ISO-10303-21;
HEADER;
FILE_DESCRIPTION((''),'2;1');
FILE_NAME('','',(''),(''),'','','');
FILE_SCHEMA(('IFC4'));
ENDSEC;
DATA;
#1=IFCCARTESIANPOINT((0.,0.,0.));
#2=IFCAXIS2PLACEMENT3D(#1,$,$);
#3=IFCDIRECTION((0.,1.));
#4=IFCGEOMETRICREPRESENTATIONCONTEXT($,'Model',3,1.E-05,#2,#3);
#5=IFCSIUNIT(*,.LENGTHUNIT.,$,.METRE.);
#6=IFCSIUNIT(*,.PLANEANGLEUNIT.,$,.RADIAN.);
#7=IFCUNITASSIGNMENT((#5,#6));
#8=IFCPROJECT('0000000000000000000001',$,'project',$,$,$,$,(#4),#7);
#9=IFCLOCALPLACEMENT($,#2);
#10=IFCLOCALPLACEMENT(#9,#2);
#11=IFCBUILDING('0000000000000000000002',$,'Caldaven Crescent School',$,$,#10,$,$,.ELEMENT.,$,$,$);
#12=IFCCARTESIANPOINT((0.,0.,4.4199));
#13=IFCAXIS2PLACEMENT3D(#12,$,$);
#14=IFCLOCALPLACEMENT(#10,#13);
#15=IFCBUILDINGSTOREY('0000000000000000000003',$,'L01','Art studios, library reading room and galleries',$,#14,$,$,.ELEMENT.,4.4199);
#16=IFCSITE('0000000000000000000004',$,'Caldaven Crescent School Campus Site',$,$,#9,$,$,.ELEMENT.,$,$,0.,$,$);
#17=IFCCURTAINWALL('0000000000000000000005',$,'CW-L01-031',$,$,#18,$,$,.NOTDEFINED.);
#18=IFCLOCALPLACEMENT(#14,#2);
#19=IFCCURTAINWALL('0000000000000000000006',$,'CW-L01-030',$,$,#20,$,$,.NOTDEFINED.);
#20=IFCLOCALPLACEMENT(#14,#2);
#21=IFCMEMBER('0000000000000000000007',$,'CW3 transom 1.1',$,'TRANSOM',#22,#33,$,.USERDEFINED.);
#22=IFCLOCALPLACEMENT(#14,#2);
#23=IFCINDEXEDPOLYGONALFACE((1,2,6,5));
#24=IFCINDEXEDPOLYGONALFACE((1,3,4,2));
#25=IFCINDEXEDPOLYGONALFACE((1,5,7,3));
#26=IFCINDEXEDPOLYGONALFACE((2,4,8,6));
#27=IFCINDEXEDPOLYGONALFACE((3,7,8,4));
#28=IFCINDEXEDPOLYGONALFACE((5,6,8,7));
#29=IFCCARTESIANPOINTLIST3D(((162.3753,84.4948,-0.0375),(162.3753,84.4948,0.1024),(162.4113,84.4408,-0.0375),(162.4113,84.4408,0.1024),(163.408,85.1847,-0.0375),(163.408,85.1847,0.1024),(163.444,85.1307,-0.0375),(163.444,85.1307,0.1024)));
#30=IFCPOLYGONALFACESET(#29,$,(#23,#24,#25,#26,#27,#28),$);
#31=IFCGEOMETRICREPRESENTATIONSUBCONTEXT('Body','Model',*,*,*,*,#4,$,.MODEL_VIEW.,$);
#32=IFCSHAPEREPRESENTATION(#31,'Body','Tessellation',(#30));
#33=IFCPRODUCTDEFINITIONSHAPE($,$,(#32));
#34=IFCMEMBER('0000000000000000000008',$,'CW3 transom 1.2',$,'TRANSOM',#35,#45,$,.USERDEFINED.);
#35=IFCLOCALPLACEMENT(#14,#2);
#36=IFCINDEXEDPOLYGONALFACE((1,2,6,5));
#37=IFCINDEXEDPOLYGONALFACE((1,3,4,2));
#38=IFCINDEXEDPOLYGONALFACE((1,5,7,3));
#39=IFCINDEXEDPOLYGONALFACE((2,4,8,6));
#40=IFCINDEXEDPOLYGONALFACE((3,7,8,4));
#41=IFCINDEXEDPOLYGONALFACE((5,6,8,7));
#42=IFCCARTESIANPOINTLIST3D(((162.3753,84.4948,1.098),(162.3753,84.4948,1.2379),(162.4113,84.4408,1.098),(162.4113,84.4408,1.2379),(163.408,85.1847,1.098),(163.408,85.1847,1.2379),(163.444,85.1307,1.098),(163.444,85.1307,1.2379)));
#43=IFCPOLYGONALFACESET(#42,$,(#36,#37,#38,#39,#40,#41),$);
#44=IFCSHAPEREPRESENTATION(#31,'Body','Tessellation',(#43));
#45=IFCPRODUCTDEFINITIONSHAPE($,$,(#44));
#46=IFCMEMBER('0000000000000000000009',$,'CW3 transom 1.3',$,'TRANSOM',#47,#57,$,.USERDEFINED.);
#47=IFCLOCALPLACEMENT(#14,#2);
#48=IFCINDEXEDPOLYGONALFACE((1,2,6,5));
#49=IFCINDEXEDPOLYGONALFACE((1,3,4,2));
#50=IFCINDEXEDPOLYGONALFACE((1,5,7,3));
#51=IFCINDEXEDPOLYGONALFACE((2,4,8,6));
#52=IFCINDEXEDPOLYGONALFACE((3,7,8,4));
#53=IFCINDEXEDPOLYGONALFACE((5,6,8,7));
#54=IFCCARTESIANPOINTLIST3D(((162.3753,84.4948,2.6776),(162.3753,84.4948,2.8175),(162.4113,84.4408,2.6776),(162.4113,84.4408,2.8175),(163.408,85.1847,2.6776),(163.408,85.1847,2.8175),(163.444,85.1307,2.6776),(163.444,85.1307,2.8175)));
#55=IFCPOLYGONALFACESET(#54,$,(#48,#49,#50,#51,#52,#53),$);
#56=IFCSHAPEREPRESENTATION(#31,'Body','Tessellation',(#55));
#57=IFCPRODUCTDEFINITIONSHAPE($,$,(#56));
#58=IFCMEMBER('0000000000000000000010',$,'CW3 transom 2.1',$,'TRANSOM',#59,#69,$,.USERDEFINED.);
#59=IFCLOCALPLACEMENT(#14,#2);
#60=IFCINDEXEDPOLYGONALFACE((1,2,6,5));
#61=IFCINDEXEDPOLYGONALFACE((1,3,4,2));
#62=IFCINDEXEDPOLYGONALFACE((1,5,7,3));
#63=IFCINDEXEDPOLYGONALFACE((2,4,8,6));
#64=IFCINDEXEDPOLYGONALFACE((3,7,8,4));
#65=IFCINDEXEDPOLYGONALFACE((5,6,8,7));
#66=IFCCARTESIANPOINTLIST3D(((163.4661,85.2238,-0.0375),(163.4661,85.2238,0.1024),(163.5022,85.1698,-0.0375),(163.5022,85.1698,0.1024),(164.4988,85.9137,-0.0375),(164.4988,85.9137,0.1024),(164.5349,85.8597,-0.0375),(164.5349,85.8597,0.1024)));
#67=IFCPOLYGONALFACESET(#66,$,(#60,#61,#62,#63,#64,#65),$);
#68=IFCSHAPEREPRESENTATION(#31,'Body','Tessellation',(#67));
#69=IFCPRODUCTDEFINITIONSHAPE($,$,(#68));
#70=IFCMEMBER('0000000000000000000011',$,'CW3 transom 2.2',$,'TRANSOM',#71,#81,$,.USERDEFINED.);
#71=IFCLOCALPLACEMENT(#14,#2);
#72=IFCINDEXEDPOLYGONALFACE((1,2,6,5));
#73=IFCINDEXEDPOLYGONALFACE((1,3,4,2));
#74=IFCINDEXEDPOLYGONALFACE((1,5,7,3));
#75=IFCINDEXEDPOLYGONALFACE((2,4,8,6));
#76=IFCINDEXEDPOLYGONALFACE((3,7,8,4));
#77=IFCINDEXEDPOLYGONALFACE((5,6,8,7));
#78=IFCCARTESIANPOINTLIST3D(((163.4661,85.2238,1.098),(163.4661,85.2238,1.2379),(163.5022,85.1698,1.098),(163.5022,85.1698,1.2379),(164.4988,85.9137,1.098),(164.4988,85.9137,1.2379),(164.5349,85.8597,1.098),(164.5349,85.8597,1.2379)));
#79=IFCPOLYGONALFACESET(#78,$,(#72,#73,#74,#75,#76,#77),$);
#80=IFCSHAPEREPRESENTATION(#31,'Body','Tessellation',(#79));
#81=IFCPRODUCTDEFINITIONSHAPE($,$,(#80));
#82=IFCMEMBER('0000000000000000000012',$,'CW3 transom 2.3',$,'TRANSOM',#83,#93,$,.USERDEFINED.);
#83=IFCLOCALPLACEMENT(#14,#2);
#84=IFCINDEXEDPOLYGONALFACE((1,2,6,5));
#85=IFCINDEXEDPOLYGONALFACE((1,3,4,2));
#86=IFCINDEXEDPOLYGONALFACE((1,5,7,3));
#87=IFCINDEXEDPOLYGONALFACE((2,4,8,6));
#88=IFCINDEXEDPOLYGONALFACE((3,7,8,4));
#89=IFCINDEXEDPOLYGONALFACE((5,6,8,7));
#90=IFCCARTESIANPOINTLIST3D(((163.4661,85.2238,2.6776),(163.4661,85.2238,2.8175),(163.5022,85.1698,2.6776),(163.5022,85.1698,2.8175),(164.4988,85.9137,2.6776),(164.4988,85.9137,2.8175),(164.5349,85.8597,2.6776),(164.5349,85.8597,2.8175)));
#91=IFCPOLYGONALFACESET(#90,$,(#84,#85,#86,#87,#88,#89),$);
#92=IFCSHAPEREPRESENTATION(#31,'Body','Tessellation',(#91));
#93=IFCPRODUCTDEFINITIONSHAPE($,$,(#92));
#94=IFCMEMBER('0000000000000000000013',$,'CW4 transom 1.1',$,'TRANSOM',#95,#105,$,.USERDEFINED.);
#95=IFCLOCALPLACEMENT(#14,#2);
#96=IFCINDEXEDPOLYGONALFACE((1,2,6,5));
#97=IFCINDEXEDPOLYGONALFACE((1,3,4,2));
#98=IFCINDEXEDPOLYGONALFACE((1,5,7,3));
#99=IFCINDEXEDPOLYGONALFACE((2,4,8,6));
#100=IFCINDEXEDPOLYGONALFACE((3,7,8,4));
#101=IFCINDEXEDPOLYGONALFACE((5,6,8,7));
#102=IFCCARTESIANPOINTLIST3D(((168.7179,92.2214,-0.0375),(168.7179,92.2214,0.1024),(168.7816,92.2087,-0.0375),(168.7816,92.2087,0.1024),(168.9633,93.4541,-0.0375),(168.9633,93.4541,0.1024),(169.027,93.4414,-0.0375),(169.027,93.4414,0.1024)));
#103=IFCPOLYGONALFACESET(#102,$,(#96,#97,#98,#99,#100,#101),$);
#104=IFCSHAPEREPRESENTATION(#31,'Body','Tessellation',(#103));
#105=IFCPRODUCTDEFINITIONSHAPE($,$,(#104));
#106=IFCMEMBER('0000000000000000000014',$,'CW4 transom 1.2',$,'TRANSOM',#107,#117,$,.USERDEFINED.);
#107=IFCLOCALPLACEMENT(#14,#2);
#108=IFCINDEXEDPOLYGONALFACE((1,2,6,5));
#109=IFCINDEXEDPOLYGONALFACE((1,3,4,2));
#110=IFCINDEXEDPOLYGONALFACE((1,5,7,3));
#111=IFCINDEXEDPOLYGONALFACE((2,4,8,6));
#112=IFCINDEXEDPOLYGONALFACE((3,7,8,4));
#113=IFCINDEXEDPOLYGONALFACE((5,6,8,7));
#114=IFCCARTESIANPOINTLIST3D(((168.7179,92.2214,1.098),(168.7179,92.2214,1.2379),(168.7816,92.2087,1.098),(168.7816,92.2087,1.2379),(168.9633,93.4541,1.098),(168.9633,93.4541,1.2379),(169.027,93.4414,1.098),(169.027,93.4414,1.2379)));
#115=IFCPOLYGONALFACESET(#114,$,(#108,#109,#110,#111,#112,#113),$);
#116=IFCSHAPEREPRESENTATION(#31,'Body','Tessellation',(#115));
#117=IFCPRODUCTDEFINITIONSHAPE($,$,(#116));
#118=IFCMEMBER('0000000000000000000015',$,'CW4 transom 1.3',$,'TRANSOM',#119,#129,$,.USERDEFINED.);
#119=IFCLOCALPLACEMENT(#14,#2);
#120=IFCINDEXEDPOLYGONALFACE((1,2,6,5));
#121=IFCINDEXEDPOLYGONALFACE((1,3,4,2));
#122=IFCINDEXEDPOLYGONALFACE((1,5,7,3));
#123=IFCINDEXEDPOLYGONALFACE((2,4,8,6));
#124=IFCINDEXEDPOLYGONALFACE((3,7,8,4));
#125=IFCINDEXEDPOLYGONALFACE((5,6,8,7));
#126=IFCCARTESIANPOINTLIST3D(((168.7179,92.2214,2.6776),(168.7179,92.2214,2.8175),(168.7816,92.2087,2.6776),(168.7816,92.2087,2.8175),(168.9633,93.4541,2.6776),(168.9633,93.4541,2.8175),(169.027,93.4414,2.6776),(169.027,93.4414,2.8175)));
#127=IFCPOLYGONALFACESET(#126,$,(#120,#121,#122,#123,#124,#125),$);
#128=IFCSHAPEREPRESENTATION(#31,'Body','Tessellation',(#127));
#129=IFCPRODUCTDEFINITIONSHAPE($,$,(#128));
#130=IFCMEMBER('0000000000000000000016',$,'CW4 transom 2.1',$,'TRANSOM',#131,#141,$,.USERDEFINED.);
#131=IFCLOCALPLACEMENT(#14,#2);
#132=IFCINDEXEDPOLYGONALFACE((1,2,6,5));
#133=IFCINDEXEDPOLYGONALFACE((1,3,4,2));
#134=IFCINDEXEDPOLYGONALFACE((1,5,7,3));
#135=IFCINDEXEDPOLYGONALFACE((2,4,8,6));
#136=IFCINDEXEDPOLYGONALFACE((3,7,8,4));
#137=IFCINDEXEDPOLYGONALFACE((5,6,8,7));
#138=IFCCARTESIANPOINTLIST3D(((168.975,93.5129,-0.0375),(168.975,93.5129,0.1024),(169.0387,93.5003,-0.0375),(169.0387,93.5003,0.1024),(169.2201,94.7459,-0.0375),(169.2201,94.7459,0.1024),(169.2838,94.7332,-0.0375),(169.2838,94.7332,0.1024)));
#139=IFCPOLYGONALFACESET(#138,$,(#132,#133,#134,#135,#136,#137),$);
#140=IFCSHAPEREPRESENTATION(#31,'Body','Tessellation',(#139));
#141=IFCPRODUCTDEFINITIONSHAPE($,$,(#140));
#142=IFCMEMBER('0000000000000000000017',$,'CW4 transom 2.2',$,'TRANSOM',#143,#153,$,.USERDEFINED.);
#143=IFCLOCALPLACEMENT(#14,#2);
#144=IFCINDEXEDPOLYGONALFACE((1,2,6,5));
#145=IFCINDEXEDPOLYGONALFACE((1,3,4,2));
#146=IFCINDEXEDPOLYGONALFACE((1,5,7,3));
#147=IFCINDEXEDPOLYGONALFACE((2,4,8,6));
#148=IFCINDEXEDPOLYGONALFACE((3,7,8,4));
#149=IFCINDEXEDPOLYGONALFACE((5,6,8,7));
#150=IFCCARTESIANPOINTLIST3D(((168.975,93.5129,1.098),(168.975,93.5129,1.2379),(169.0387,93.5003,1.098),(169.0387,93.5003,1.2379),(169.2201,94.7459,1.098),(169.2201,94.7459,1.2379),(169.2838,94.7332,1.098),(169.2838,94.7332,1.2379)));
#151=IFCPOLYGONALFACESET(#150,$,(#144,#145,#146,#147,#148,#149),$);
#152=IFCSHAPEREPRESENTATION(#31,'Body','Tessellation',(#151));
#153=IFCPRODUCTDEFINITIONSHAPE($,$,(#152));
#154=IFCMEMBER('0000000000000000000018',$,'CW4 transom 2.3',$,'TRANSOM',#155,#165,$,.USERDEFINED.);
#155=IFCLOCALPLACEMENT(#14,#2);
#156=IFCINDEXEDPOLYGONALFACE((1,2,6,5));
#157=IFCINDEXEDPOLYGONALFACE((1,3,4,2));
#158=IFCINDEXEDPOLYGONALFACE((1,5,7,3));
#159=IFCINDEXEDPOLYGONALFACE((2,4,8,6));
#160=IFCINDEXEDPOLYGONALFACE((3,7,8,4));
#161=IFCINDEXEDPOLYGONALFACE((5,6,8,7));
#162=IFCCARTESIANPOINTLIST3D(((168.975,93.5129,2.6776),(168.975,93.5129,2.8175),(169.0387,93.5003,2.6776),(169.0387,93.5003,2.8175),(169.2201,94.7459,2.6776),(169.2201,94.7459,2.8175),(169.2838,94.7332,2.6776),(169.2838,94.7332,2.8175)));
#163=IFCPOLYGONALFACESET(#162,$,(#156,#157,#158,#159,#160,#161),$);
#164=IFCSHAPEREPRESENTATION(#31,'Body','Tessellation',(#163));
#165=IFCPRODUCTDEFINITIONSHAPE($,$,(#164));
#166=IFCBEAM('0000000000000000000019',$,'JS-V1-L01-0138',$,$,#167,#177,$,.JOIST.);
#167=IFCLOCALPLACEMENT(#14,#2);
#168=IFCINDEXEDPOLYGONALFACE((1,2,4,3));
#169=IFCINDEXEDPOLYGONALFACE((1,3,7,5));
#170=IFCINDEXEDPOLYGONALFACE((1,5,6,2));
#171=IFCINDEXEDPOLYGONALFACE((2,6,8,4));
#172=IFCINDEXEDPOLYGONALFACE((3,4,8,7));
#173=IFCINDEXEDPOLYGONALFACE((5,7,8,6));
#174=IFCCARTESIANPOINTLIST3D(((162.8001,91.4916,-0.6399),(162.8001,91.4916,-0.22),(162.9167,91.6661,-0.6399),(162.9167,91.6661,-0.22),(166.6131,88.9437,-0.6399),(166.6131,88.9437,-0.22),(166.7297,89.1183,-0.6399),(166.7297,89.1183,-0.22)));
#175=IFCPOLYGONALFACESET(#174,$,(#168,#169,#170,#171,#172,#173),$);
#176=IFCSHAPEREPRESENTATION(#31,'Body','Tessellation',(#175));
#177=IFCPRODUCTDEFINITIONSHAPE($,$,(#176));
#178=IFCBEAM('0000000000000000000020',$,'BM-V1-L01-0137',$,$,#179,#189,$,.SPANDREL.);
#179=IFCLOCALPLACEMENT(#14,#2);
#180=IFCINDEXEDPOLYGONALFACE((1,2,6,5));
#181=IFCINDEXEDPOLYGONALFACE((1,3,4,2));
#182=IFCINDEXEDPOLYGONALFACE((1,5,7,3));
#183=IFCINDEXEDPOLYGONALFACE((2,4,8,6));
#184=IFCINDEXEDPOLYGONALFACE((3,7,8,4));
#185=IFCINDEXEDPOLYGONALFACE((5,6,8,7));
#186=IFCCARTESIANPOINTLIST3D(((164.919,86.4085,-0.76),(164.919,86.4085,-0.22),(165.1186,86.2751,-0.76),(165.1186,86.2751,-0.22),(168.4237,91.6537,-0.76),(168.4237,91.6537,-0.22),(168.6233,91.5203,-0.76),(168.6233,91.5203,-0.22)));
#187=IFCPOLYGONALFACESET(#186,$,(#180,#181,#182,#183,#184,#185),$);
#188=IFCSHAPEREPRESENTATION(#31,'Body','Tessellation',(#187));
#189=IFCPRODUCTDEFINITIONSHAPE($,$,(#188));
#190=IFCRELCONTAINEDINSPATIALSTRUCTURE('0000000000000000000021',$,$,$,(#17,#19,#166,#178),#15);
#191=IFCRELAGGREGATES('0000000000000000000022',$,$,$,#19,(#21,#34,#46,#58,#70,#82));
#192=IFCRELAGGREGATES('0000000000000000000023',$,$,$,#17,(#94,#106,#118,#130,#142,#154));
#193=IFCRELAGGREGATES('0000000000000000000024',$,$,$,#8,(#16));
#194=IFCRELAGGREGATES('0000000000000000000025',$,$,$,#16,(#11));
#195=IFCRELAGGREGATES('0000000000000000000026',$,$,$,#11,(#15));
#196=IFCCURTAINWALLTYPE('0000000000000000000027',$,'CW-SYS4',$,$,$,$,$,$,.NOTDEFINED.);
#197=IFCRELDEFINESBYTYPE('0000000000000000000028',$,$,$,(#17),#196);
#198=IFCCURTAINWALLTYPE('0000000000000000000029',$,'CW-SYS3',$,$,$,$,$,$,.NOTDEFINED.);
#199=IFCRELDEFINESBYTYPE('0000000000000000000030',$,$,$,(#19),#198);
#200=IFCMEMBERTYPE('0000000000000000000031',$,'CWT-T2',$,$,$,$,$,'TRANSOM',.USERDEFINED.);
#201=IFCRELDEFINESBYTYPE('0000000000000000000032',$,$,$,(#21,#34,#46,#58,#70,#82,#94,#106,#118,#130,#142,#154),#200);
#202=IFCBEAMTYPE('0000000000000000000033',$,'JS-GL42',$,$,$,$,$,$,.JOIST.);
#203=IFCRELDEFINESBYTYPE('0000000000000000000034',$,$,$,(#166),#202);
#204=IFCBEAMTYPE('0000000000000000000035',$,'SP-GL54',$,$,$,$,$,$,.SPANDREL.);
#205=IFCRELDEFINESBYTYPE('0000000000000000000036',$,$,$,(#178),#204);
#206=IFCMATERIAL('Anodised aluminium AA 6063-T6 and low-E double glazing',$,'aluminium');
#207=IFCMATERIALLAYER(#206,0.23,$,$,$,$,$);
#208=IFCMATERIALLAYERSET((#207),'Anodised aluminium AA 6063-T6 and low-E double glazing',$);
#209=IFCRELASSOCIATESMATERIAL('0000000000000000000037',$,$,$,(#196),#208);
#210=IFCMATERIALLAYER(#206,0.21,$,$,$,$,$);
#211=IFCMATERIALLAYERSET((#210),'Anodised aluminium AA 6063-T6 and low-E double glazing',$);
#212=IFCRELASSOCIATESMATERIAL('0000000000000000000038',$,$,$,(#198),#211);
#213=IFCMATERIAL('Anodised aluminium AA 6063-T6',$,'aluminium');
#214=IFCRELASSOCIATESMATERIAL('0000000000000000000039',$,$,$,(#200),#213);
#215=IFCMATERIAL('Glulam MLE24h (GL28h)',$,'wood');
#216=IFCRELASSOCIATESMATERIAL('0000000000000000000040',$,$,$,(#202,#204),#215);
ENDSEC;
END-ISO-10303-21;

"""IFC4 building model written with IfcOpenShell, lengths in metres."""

from ifc_helpers import new_model, si_unit, direction, frame, origin, origin_2d, place, context, subcontext, project, spatial, rectangle, extrude, material, layer, layer_set, material_profile, profile_set, type_object, element, aggregate, save


model = new_model("IFC4")

# Units and contexts
model_context = context("Model", 3, precision=1e-05, world=origin(), true_north=direction((0.0, 1.0)))
body_context = subcontext(model_context, "Body", "Model", "MODEL_VIEW")
ifc_project = project(units=[si_unit("LENGTHUNIT", "METRE"), si_unit("PLANEANGLEUNIT", "RADIAN")], contexts=[model_context])

# Site, building, storey
site_placement = place(None, origin())
site = spatial("IfcSite", under=ifc_project, at=site_placement, Name="Caldaven Crescent School Campus Site", CompositionType="ELEMENT", RefElevation=0.0)
building_placement = place(site_placement, origin())
building = spatial("IfcBuilding", under=site, at=building_placement, Name="Caldaven Crescent School", CompositionType="ELEMENT")
storey_placement = place(building_placement, frame((0.0, 0.0, 4.4199)))
storey = spatial("IfcBuildingStorey", under=building, at=storey_placement, Name="L01", Description="Art studios, library reading room and galleries", CompositionType="ELEMENT", Elevation=4.4199)

# Shared definitions
ifc_material_1 = material(Name="Glulam MLE24h (GL28h)", Category="wood")

# Curtain walls, members
ifc_material_2 = material(Name="Anodised aluminium AA 6063-T6 and low-E double glazing", Category="aluminium")
ifc_layer_1 = layer(ifc_material_2, 0.23)
ifc_layer_set_1 = layer_set([ifc_layer_1], Name="Anodised aluminium AA 6063-T6 and low-E double glazing")
curtain_wall_type_1 = type_object("IfcCurtainWallType", Name="CW-SYS4", PredefinedType="NOTDEFINED", material=ifc_layer_set_1)
curtain_wall_1_placement = place(storey_placement, origin())
curtain_wall_1 = element("IfcCurtainWall", 1, at=curtain_wall_1_placement, inside=storey, type_object=curtain_wall_type_1, Name="CW-L01-031", PredefinedType="NOTDEFINED")
ifc_material_3 = material(Name="Anodised aluminium AA 6063-T6", Category="aluminium")
ifc_layer_2 = layer(ifc_material_2, 0.21)
ifc_layer_set_2 = layer_set([ifc_layer_2], Name="Anodised aluminium AA 6063-T6 and low-E double glazing")
curtain_wall_type_2 = type_object("IfcCurtainWallType", Name="CW-SYS3", PredefinedType="NOTDEFINED", material=ifc_layer_set_2)
curtain_wall_2_placement = place(storey_placement, origin())
curtain_wall_2 = element("IfcCurtainWall", 2, at=curtain_wall_2_placement, inside=storey, type_object=curtain_wall_type_2, Name="CW-L01-030", PredefinedType="NOTDEFINED")
ifc_material_profile_1 = material_profile(ifc_material_3, rectangle(XDim=0.0649, YDim=0.1399, at=origin_2d()), Name="CWT 65x140")
ifc_profile_set_1 = profile_set([ifc_material_profile_1], Name="Anodised aluminium AA 6063-T6")
member_type_1 = type_object("IfcMemberType", Name="CWT-T2", ElementType="TRANSOM", PredefinedType="USERDEFINED", material=ifc_profile_set_1)
member_1_placement = place(storey_placement, frame((162.3933, 84.4678, 0.0325), z_axis=(0.831506, 0.555516, 0.0), x_axis=(-0.555516, 0.831506, 0.0)))
member_1 = element("IfcMember", 3, at=member_1_placement, type_object=member_type_1, Name="CW3 transom 1.1", ObjectType="TRANSOM", PredefinedType="USERDEFINED", context=body_context, shape_type="SweptSolid", body=[
    extrude(rectangle(XDim=0.0649, YDim=0.1399, at=origin_2d()), origin(), (0.0, 0.0, 1.0), 1.2419),
])
member_2_placement = place(storey_placement, frame((162.3933, 84.4678, 1.168), z_axis=(0.831506, 0.555516, 0.0), x_axis=(-0.555516, 0.831506, 0.0)))
member_2 = element("IfcMember", 4, at=member_2_placement, type_object=member_type_1, Name="CW3 transom 1.2", ObjectType="TRANSOM", PredefinedType="USERDEFINED", context=body_context, shape_type="SweptSolid", body=[
    extrude(rectangle(XDim=0.0649, YDim=0.1399, at=origin_2d()), origin(), (0.0, 0.0, 1.0), 1.2419),
])
member_3_placement = place(storey_placement, frame((162.3933, 84.4678, 2.7476), z_axis=(0.831506, 0.555516, 0.0), x_axis=(-0.555516, 0.831506, 0.0)))
member_3 = element("IfcMember", 5, at=member_3_placement, type_object=member_type_1, Name="CW3 transom 1.3", ObjectType="TRANSOM", PredefinedType="USERDEFINED", context=body_context, shape_type="SweptSolid", body=[
    extrude(rectangle(XDim=0.0649, YDim=0.1399, at=origin_2d()), origin(), (0.0, 0.0, 1.0), 1.2419),
])
member_4_placement = place(storey_placement, frame((163.4841, 85.1968, 0.0325), z_axis=(0.831506, 0.555516, 0.0), x_axis=(-0.555516, 0.831506, 0.0)))
member_4 = element("IfcMember", 6, at=member_4_placement, type_object=member_type_1, Name="CW3 transom 2.1", ObjectType="TRANSOM", PredefinedType="USERDEFINED", context=body_context, shape_type="SweptSolid", body=[
    extrude(rectangle(XDim=0.0649, YDim=0.1399, at=origin_2d()), origin(), (0.0, 0.0, 1.0), 1.2419),
])
member_5_placement = place(storey_placement, frame((163.4841, 85.1968, 1.168), z_axis=(0.831506, 0.555516, 0.0), x_axis=(-0.555516, 0.831506, 0.0)))
member_5 = element("IfcMember", 7, at=member_5_placement, type_object=member_type_1, Name="CW3 transom 2.2", ObjectType="TRANSOM", PredefinedType="USERDEFINED", context=body_context, shape_type="SweptSolid", body=[
    extrude(rectangle(XDim=0.0649, YDim=0.1399, at=origin_2d()), origin(), (0.0, 0.0, 1.0), 1.2419),
])
member_6_placement = place(storey_placement, frame((163.4841, 85.1968, 2.7476), z_axis=(0.831506, 0.555516, 0.0), x_axis=(-0.555516, 0.831506, 0.0)))
member_6 = element("IfcMember", 8, at=member_6_placement, type_object=member_type_1, Name="CW3 transom 2.3", ObjectType="TRANSOM", PredefinedType="USERDEFINED", context=body_context, shape_type="SweptSolid", body=[
    extrude(rectangle(XDim=0.0649, YDim=0.1399, at=origin_2d()), origin(), (0.0, 0.0, 1.0), 1.2419),
])

# Members
member_7_placement = place(storey_placement, frame((168.7498, 92.2151, 0.0325), z_axis=(0.19522, 0.98076, 0.0), x_axis=(-0.98076, 0.19522, 0.0)))
member_7 = element("IfcMember", 9, at=member_7_placement, type_object=member_type_1, Name="CW4 transom 1.1", ObjectType="TRANSOM", PredefinedType="USERDEFINED", context=body_context, shape_type="SweptSolid", body=[
    extrude(rectangle(XDim=0.0649, YDim=0.1399, at=origin_2d()), origin(), (0.0, 0.0, 1.0), 1.2568),
])
member_8_placement = place(storey_placement, frame((168.7498, 92.2151, 1.168), z_axis=(0.19522, 0.98076, 0.0), x_axis=(-0.98076, 0.19522, 0.0)))
member_8 = element("IfcMember", 10, at=member_8_placement, type_object=member_type_1, Name="CW4 transom 1.2", ObjectType="TRANSOM", PredefinedType="USERDEFINED", context=body_context, shape_type="SweptSolid", body=[
    extrude(rectangle(XDim=0.0649, YDim=0.1399, at=origin_2d()), origin(), (0.0, 0.0, 1.0), 1.2568),
])
member_9_placement = place(storey_placement, frame((168.7498, 92.2151, 2.7476), z_axis=(0.19522, 0.98076, 0.0), x_axis=(-0.98076, 0.19522, 0.0)))
member_9 = element("IfcMember", 11, at=member_9_placement, type_object=member_type_1, Name="CW4 transom 1.3", ObjectType="TRANSOM", PredefinedType="USERDEFINED", context=body_context, shape_type="SweptSolid", body=[
    extrude(rectangle(XDim=0.0649, YDim=0.1399, at=origin_2d()), origin(), (0.0, 0.0, 1.0), 1.2568),
])
member_10_placement = place(storey_placement, frame((169.0068, 93.5066, 0.0325), z_axis=(0.194996, 0.980804, 0.0), x_axis=(-0.980804, 0.194996, 0.0)))
member_10 = element("IfcMember", 12, at=member_10_placement, type_object=member_type_1, Name="CW4 transom 2.1", ObjectType="TRANSOM", PredefinedType="USERDEFINED", context=body_context, shape_type="SweptSolid", body=[
    extrude(rectangle(XDim=0.0649, YDim=0.1399, at=origin_2d()), origin(), (0.0, 0.0, 1.0), 1.2571),
])
member_11_placement = place(storey_placement, frame((169.0068, 93.5066, 1.168), z_axis=(0.194996, 0.980804, 0.0), x_axis=(-0.980804, 0.194996, 0.0)))
member_11 = element("IfcMember", 13, at=member_11_placement, type_object=member_type_1, Name="CW4 transom 2.2", ObjectType="TRANSOM", PredefinedType="USERDEFINED", context=body_context, shape_type="SweptSolid", body=[
    extrude(rectangle(XDim=0.0649, YDim=0.1399, at=origin_2d()), origin(), (0.0, 0.0, 1.0), 1.2571),
])
member_12_placement = place(storey_placement, frame((169.0068, 93.5066, 2.7476), z_axis=(0.194996, 0.980804, 0.0), x_axis=(-0.980804, 0.194996, 0.0)))
member_12 = element("IfcMember", 14, at=member_12_placement, type_object=member_type_1, Name="CW4 transom 2.3", ObjectType="TRANSOM", PredefinedType="USERDEFINED", context=body_context, shape_type="SweptSolid", body=[
    extrude(rectangle(XDim=0.0649, YDim=0.1399, at=origin_2d()), origin(), (0.0, 0.0, 1.0), 1.2571),
])

# Beams
ifc_material_profile_2 = material_profile(ifc_material_1, rectangle(XDim=0.21, YDim=0.4199, at=origin_2d()), Name="MLE 210x420")
ifc_profile_set_2 = profile_set([ifc_material_profile_2], Name="Glulam MLE24h (GL28h)")
beam_type_1 = type_object("IfcBeamType", Name="JS-GL42", PredefinedType="JOIST", material=ifc_profile_set_2)
beam_1_placement = place(storey_placement, frame((162.8584, 91.5789, -0.4299), z_axis=(0.83146, -0.555584, 0.0), x_axis=(0.555584, 0.83146, 0.0)))
element("IfcBeam", 15, at=beam_1_placement, inside=storey, type_object=beam_type_1, Name="JS-V1-L01-0138", PredefinedType="JOIST", context=body_context, shape_type="SweptSolid", body=[
    extrude(rectangle(XDim=0.21, YDim=0.4199, at=origin_2d()), origin(), (0.0, 0.0, 1.0), 4.5859),
])
ifc_material_profile_3 = material_profile(ifc_material_1, rectangle(XDim=0.24, YDim=0.54, at=origin_2d()), Name="MLE 240x540")
ifc_profile_set_3 = profile_set([ifc_material_profile_3], Name="Glulam MLE24h (GL28h)")
beam_type_2 = type_object("IfcBeamType", Name="SP-GL54", PredefinedType="SPANDREL", material=ifc_profile_set_3)
for number, where, z_axis, x_axis, name in (
    (16, (165.0188, 86.3418, -0.49), (0.555566, 0.831472, 0.0), (-0.831472, 0.555566, 0.0), "BM-V1-L01-0137"),
):
    element("IfcBeam", number, at=place(storey_placement, frame(where, z_axis=z_axis, x_axis=x_axis)), inside=storey, type_object=beam_type_2, Name=name, PredefinedType="SPANDREL", context=body_context, shape_type="SweptSolid", body=[
        extrude(rectangle(XDim=0.24, YDim=0.54, at=origin_2d()), origin(), (0.0, 0.0, 1.0), 6.3083),
    ])

aggregate(curtain_wall_2, [member_1, member_2, member_3, member_4, member_5, member_6])
aggregate(curtain_wall_1, [member_7, member_8, member_9, member_10, member_11, member_12])

save(model, "model.ifc")
